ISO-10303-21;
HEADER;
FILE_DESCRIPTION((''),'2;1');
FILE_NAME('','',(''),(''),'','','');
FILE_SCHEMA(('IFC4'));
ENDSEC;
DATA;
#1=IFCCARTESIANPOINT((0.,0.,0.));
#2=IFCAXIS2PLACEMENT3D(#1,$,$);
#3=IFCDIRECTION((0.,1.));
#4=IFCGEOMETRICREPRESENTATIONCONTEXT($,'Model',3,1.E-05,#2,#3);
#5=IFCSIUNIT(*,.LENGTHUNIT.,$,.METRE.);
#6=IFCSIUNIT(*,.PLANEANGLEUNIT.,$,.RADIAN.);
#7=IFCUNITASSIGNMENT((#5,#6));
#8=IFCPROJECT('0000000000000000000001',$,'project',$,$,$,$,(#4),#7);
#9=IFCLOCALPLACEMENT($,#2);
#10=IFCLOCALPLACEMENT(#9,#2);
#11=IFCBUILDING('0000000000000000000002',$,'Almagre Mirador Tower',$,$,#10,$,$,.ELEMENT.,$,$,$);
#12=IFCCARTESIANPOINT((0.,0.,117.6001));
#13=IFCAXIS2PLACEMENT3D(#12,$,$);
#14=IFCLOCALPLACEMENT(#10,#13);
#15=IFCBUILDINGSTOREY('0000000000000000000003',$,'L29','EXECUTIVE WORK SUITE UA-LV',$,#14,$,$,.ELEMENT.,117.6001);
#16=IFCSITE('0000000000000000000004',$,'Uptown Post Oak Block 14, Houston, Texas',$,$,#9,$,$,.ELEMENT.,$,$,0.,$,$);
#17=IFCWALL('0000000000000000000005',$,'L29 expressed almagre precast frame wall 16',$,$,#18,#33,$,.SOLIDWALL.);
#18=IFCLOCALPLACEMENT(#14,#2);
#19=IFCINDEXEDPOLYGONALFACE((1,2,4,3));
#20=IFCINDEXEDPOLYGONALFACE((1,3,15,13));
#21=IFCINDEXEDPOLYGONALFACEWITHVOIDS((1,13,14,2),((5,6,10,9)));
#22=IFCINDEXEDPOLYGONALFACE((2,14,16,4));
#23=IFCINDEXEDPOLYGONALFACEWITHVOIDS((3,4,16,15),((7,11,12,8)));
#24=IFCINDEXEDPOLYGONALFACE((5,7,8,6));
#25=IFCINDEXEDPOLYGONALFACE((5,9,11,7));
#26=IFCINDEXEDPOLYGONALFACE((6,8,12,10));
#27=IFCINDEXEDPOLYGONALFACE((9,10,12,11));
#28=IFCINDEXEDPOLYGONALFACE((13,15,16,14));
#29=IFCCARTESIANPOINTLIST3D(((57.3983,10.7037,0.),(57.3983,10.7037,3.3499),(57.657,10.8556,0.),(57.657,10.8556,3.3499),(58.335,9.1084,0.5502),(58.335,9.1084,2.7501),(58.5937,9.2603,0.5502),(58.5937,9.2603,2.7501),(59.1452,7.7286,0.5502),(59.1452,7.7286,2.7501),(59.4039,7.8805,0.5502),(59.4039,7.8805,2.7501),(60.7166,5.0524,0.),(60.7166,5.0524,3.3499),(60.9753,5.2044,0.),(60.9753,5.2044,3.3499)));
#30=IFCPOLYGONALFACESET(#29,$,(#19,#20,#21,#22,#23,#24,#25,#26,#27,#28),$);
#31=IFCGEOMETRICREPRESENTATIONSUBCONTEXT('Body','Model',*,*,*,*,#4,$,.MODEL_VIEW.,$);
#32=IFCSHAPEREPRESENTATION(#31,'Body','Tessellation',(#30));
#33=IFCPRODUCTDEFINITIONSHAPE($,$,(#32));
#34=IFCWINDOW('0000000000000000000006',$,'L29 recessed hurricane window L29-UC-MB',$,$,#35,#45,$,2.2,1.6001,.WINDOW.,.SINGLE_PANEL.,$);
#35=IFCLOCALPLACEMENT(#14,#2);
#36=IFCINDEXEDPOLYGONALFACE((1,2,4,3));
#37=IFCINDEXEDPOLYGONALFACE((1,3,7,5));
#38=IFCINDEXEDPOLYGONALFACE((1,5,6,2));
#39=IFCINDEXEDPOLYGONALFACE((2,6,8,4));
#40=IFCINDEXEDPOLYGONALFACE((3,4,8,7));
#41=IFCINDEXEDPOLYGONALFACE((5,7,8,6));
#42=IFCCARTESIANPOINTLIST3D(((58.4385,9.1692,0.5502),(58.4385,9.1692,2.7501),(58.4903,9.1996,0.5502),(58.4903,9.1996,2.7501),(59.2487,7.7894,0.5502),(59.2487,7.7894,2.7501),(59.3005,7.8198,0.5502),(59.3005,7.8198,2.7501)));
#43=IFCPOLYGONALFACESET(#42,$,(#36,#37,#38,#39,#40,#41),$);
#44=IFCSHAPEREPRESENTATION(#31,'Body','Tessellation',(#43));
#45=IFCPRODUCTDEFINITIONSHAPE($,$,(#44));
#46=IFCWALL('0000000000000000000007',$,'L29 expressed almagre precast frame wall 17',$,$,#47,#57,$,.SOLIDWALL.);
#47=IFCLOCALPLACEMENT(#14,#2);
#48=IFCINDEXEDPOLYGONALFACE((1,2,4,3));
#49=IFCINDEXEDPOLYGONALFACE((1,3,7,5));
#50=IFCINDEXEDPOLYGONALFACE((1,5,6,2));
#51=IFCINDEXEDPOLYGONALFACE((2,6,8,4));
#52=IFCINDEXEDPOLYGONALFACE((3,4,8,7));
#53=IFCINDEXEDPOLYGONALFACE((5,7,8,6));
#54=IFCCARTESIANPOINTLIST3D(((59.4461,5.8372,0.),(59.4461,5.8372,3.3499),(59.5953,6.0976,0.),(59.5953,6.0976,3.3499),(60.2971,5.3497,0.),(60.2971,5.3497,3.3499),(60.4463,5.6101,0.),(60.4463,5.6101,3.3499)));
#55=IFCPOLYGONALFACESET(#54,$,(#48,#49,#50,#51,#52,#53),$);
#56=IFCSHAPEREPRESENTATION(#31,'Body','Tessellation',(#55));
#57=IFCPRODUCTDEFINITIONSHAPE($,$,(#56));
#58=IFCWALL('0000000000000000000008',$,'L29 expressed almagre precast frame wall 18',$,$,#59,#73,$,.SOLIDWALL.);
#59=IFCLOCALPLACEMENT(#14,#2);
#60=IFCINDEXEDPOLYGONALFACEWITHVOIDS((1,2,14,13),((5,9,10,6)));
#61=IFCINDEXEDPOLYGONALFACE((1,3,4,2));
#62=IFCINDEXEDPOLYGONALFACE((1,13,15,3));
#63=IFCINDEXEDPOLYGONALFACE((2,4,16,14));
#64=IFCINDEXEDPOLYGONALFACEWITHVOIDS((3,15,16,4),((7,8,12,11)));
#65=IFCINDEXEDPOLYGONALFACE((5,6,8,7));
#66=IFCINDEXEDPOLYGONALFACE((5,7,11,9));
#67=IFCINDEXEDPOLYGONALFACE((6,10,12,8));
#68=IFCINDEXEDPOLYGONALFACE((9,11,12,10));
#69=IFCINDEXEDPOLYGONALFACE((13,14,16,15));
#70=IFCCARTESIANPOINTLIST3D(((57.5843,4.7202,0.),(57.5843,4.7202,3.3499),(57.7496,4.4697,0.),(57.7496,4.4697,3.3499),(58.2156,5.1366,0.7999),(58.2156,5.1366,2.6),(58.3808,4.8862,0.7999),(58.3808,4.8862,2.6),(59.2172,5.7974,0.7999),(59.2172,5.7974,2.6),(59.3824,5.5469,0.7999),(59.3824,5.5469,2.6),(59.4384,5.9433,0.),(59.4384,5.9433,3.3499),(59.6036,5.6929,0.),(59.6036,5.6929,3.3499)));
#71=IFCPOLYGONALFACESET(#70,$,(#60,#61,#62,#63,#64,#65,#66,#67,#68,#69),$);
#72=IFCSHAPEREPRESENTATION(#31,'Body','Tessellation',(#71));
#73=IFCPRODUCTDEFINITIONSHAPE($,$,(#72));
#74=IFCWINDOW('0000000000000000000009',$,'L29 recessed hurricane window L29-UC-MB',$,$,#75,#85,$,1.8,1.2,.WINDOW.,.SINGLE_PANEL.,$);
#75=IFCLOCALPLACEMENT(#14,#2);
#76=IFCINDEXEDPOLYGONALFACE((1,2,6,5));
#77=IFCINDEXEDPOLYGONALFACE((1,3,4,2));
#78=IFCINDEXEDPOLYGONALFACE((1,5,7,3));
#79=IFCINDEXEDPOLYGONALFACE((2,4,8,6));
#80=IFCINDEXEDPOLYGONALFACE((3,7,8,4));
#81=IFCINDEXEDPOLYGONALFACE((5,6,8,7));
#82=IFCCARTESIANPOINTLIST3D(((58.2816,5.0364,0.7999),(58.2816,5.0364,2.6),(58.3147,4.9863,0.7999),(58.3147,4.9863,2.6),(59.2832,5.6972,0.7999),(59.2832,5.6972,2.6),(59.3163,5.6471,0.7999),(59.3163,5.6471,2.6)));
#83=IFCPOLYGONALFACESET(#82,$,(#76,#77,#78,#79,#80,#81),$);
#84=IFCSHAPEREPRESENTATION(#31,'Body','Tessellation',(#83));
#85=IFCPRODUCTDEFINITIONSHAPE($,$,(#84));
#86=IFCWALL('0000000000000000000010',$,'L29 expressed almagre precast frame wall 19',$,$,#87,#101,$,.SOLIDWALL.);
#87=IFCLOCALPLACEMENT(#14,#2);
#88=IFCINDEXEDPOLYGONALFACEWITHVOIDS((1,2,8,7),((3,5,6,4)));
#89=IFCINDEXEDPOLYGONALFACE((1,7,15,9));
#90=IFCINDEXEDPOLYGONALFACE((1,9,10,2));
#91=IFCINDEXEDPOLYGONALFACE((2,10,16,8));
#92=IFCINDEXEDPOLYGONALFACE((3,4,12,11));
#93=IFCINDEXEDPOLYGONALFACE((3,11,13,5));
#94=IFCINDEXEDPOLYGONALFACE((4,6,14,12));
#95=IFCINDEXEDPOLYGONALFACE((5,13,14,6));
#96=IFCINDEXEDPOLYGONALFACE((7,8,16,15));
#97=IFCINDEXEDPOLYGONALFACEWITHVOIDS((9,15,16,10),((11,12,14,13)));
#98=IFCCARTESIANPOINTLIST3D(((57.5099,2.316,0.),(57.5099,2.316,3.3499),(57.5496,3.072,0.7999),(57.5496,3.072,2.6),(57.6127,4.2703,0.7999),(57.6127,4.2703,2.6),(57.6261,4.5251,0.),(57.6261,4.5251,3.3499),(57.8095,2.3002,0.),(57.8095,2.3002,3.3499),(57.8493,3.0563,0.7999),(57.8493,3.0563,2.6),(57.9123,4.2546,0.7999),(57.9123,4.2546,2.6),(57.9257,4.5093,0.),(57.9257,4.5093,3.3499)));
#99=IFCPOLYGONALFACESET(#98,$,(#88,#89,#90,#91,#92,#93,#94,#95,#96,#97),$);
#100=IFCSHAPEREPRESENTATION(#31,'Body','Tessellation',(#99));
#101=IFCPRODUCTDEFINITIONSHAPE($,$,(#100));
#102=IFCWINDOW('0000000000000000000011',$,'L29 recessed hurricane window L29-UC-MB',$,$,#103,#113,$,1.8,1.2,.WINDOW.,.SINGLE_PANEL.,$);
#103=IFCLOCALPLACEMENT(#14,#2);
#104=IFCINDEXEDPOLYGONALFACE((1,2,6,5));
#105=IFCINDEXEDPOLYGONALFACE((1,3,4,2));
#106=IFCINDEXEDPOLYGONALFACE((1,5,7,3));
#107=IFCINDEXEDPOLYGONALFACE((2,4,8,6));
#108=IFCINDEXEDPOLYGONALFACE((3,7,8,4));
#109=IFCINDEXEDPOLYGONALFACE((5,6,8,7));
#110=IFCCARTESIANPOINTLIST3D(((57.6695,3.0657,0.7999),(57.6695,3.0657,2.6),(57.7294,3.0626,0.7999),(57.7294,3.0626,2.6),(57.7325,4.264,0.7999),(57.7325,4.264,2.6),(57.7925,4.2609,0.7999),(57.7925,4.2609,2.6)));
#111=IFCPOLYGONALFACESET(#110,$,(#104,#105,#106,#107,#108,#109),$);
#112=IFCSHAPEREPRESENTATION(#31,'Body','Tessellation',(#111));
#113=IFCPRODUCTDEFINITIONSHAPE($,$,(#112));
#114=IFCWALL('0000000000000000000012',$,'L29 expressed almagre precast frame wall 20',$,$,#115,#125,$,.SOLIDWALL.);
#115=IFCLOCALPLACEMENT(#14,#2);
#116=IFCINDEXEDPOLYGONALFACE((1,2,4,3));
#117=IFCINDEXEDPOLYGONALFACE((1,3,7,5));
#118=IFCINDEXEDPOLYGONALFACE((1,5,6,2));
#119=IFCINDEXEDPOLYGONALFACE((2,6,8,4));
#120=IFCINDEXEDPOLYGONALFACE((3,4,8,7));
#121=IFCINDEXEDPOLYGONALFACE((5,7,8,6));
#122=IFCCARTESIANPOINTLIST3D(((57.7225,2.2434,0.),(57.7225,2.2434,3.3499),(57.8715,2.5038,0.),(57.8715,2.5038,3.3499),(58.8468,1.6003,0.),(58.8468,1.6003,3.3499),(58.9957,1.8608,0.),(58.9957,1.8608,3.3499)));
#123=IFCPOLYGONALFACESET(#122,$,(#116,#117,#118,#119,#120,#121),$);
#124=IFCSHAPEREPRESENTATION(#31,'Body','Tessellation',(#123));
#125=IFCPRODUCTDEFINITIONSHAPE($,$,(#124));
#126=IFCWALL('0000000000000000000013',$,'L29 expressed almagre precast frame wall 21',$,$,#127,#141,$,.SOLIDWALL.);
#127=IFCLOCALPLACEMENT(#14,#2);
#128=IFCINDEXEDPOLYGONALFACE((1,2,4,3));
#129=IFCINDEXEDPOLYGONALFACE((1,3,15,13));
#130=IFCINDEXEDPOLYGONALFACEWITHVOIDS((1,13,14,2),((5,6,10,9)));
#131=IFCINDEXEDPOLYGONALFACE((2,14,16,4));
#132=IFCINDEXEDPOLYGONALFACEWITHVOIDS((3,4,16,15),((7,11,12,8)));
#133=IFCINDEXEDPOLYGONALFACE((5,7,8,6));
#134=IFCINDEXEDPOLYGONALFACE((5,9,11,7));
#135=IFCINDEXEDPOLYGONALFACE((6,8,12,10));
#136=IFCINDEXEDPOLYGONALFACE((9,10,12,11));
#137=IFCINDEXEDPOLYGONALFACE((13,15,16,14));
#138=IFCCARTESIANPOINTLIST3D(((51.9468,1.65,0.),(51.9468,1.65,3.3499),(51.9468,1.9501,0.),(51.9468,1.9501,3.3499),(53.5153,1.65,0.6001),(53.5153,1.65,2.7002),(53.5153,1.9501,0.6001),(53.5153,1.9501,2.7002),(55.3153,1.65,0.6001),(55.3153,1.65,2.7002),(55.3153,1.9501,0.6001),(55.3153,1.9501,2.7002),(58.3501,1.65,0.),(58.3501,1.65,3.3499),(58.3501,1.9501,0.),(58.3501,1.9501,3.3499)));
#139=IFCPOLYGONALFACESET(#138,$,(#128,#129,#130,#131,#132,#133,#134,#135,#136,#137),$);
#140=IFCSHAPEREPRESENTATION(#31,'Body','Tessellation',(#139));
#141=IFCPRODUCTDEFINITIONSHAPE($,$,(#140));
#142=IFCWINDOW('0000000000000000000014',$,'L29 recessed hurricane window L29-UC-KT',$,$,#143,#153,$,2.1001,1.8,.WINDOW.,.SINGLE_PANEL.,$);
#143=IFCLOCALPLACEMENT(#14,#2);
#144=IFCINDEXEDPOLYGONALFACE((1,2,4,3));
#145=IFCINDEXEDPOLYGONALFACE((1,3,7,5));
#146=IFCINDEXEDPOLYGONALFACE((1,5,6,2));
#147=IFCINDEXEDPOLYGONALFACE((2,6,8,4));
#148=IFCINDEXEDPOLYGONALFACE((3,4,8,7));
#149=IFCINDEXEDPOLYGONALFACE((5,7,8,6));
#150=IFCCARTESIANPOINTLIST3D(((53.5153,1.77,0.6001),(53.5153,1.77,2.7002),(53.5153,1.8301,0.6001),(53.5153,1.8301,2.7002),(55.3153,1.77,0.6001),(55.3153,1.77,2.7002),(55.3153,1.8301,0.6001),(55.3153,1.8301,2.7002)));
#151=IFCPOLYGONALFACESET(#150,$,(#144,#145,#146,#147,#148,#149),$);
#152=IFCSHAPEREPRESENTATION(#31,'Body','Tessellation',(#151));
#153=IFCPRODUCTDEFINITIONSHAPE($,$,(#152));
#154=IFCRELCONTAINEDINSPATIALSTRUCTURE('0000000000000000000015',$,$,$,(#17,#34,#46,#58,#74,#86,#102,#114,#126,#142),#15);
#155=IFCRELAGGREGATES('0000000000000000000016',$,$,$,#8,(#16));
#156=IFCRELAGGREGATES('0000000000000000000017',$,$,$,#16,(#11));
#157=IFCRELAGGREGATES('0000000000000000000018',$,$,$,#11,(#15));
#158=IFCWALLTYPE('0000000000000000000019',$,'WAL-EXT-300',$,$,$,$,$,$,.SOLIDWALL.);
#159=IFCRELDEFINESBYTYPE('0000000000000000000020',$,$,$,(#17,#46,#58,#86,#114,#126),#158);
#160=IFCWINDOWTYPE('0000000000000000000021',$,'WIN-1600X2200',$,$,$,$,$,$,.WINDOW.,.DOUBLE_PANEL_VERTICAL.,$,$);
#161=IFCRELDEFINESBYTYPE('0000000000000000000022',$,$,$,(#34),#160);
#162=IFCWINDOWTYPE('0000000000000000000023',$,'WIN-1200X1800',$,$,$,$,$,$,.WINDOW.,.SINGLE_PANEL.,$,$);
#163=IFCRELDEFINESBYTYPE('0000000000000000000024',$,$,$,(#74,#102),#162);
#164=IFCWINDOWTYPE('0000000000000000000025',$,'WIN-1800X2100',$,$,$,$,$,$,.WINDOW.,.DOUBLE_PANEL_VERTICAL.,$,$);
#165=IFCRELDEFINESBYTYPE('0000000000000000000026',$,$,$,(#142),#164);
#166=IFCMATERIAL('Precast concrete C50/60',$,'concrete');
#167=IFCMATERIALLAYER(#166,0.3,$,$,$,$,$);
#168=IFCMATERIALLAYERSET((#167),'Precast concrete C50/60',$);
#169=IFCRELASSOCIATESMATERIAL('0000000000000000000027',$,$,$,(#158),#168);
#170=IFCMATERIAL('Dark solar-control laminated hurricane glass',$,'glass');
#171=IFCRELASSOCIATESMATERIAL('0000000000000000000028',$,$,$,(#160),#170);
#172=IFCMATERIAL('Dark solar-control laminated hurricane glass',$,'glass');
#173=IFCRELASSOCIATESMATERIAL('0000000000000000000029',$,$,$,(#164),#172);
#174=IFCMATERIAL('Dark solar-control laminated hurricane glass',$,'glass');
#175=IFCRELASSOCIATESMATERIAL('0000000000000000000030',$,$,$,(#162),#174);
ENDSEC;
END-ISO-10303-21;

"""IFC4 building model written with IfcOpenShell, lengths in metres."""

from ifc_helpers import new_model, si_unit, direction, frame, frame_2d, origin, place, context, subcontext, project, spatial, rectangle, extrude, material, layer, layer_set, type_object, element, fill, save


model = new_model("IFC4")

# Units and contexts
model_context = context("Model", 3, precision=1e-05, world=origin(), true_north=direction((0.0, 1.0)))
body_context = subcontext(model_context, "Body", "Model", "MODEL_VIEW")
ifc_project = project(units=[si_unit("LENGTHUNIT", "METRE"), si_unit("PLANEANGLEUNIT", "RADIAN")], contexts=[model_context])

# Site, building, storey
site_placement = place(None, origin())
site = spatial("IfcSite", under=ifc_project, at=site_placement, Name="Uptown Post Oak Block 14, Houston, Texas", CompositionType="ELEMENT", RefElevation=0.0)
building_placement = place(site_placement, origin())
building = spatial("IfcBuilding", under=site, at=building_placement, Name="Almagre Mirador Tower", CompositionType="ELEMENT")
storey_placement = place(building_placement, frame((0.0, 0.0, 117.6001)))
storey = spatial("IfcBuildingStorey", under=building, at=storey_placement, Name="L29", Description="EXECUTIVE WORK SUITE UA-LV", CompositionType="ELEMENT", Elevation=117.6001)

# Shared definitions
ifc_material_1 = material(Name="Precast concrete C50/60", Category="concrete")
ifc_layer = layer(ifc_material_1, 0.3)
ifc_layer_set = layer_set([ifc_layer], Name="Precast concrete C50/60")
wall_type = type_object("IfcWallType", Name="WAL-EXT-300", PredefinedType="SOLIDWALL", material=ifc_layer_set)
ifc_material_2 = material(Name="Dark solar-control laminated hurricane glass", Category="glass")
window_type_1 = type_object("IfcWindowType", Name="WIN-1600X2200", PartitioningType="DOUBLE_PANEL_VERTICAL", PredefinedType="WINDOW", material=ifc_material_2)
ifc_material_3 = material(Name="Dark solar-control laminated hurricane glass", Category="glass")
window_type_2 = type_object("IfcWindowType", Name="WIN-1800X2100", PartitioningType="DOUBLE_PANEL_VERTICAL", PredefinedType="WINDOW", material=ifc_material_3)

# Wall, opening, window
wall_1_placement = place(storey_placement, frame((57.5276, 10.7798, 0.0), z_axis=(0.0, 0.0, 1.0), x_axis=(0.506343, -0.862332, 0.0)))
wall_1 = element("IfcWall", 1, at=wall_1_placement, inside=storey, type_object=wall_type, Name="L29 expressed almagre precast frame wall 16", PredefinedType="SOLIDWALL", context=body_context, shape_type="SweptSolid", body=[
    extrude(rectangle(XDim=6.5535, YDim=0.3, at=frame_2d((3.2769, 0.0))), origin(), (0.0, 0.0, 1.0), 3.3499),
])
opening_1_placement = place(wall_1_placement, frame((1.8501, 0.0, 0.55)))
opening_1 = element("IfcOpeningElement", 2, at=opening_1_placement, cuts=wall_1, PredefinedType="OPENING", context=body_context, shape_type="SweptSolid", body=[
    extrude(rectangle(XDim=1.6001, YDim=2.2, at=frame_2d((0.8, 1.1001))), frame((0.0, 0.1599, 0.0), z_axis=(0.0, -1.0, 0.0), x_axis=(1.0, 0.0, 0.0)), (0.0, 0.0, 1.0), 0.32),
])
window_1_placement = place(opening_1_placement, origin())
window_1 = element("IfcWindow", 3, at=window_1_placement, inside=storey, type_object=window_type_1, Name="L29 recessed hurricane window L29-UC-MB", OverallHeight=2.2, OverallWidth=1.6001, PartitioningType="SINGLE_PANEL", PredefinedType="WINDOW", context=body_context, shape_type="SweptSolid", body=[
    extrude(rectangle(XDim=1.6001, YDim=2.2, at=frame_2d((0.8, 1.1001))), frame((0.0, 0.03, 0.0), z_axis=(0.0, -1.0, 0.0), x_axis=(1.0, 0.0, 0.0)), (0.0, 0.0, 1.0), 0.0601),
])
fill(opening_1, window_1)

# Wall
wall_2_placement = place(storey_placement, frame((60.3716, 5.48, 0.0), z_axis=(0.0, 0.0, 1.0), x_axis=(-0.867707, 0.497077, 0.0)))
element("IfcWall", 4, at=wall_2_placement, inside=storey, type_object=wall_type, Name="L29 expressed almagre precast frame wall 17", PredefinedType="SOLIDWALL", context=body_context, shape_type="SweptSolid", body=[
    extrude(rectangle(XDim=0.9807, YDim=0.3, at=frame_2d((0.4902, 0.0))), origin(), (0.0, 0.0, 1.0), 3.3499),
])

# Walls, openings, windows
wall_3_placement = place(storey_placement, frame((59.521, 5.8181, 0.0), z_axis=(0.0, 0.0, 1.0), x_axis=(-0.834712, -0.550686, 0.0)))
wall_3 = element("IfcWall", 5, at=wall_3_placement, inside=storey, type_object=wall_type, Name="L29 expressed almagre precast frame wall 18", PredefinedType="SOLIDWALL", context=body_context, shape_type="SweptSolid", body=[
    extrude(rectangle(XDim=2.2212, YDim=0.3, at=frame_2d((1.1106, 0.0))), origin(), (0.0, 0.0, 1.0), 3.3499),
])
opening_2_placement = place(wall_3_placement, frame((0.2649, 0.0, 0.8)))
opening_2 = element("IfcOpeningElement", 6, at=opening_2_placement, cuts=wall_3, PredefinedType="OPENING", context=body_context, shape_type="SweptSolid", body=[
    extrude(rectangle(XDim=1.2, YDim=1.8, at=frame_2d((0.6001, 0.8999))), frame((0.0, 0.1599, 0.0), z_axis=(0.0, -1.0, 0.0), x_axis=(1.0, 0.0, 0.0)), (0.0, 0.0, 1.0), 0.32),
])
ifc_material_4 = material(Name="Dark solar-control laminated hurricane glass", Category="glass")
window_type_3 = type_object("IfcWindowType", Name="WIN-1200X1800", PartitioningType="SINGLE_PANEL", PredefinedType="WINDOW", material=ifc_material_4)
window_2_placement = place(opening_2_placement, origin())
window_2 = element("IfcWindow", 7, at=window_2_placement, inside=storey, type_object=window_type_3, Name="L29 recessed hurricane window L29-UC-MB", OverallHeight=1.8, OverallWidth=1.2, PartitioningType="SINGLE_PANEL", PredefinedType="WINDOW", context=body_context, shape_type="SweptSolid", body=[
    extrude(rectangle(XDim=1.2, YDim=1.8, at=frame_2d((0.6001, 0.8999))), frame((0.0, 0.03, 0.0), z_axis=(0.0, -1.0, 0.0), x_axis=(1.0, 0.0, 0.0)), (0.0, 0.0, 1.0), 0.0601),
])
fill(opening_2, window_2)
wall_4_placement = place(storey_placement, frame((57.7759, 4.5171, 0.0), z_axis=(0.0, 0.0, 1.0), x_axis=(-0.052536, -0.998619, 0.0)))
wall_4 = element("IfcWall", 8, at=wall_4_placement, inside=storey, type_object=wall_type, Name="L29 expressed almagre precast frame wall 19", PredefinedType="SOLIDWALL", context=body_context, shape_type="SweptSolid", body=[
    extrude(rectangle(XDim=2.2122, YDim=0.3, at=frame_2d((1.106, 0.0))), origin(), (0.0, 0.0, 1.0), 3.3499),
])
opening_3_placement = place(wall_4_placement, frame((0.2549, 0.0, 0.8)))
opening_3 = element("IfcOpeningElement", 9, at=opening_3_placement, cuts=wall_4, PredefinedType="OPENING", context=body_context, shape_type="SweptSolid", body=[
    extrude(rectangle(XDim=1.2, YDim=1.8, at=frame_2d((0.6001, 0.8999))), frame((0.0, 0.1599, 0.0), z_axis=(0.0, -1.0, 0.0), x_axis=(1.0, 0.0, 0.0)), (0.0, 0.0, 1.0), 0.32),
])
window_3_placement = place(opening_3_placement, origin())
window_3 = element("IfcWindow", 10, at=window_3_placement, inside=storey, type_object=window_type_3, Name="L29 recessed hurricane window L29-UC-MB", OverallHeight=1.8, OverallWidth=1.2, PartitioningType="SINGLE_PANEL", PredefinedType="WINDOW", context=body_context, shape_type="SweptSolid", body=[
    extrude(rectangle(XDim=1.2, YDim=1.8, at=frame_2d((0.6001, 0.8999))), frame((0.0, 0.03, 0.0), z_axis=(0.0, -1.0, 0.0), x_axis=(1.0, 0.0, 0.0)), (0.0, 0.0, 1.0), 0.0601),
])
fill(opening_3, window_3)

# Wall
wall_5_placement = place(storey_placement, frame((57.7971, 2.3735, 0.0), z_axis=(0.0, 0.0, 1.0), x_axis=(0.868034, -0.496504, 0.0)))
element("IfcWall", 11, at=wall_5_placement, inside=storey, type_object=wall_type, Name="L29 expressed almagre precast frame wall 20", PredefinedType="SOLIDWALL", context=body_context, shape_type="SweptSolid", body=[
    extrude(rectangle(XDim=1.2952, YDim=0.3, at=frame_2d((0.6475, 0.0))), origin(), (0.0, 0.0, 1.0), 3.3499),
])

# Wall, opening, window
wall_6_placement = place(storey_placement, frame((58.3501, 1.8, 0.0), z_axis=(0.0, 0.0, 1.0), x_axis=(-1.0, 0.0, 0.0)))
wall_6 = element("IfcWall", 12, at=wall_6_placement, inside=storey, type_object=wall_type, Name="L29 expressed almagre precast frame wall 21", PredefinedType="SOLIDWALL", context=body_context, shape_type="SweptSolid", body=[
    extrude(rectangle(XDim=6.4033, YDim=0.3, at=frame_2d((3.2017, 0.0))), origin(), (0.0, 0.0, 1.0), 3.3499),
])
opening_4_placement = place(wall_6_placement, frame((3.0349, 0.0, 0.6001)))
opening_4 = element("IfcOpeningElement", 13, at=opening_4_placement, cuts=wall_6, PredefinedType="OPENING", context=body_context, shape_type="SweptSolid", body=[
    extrude(rectangle(XDim=1.8, YDim=2.1001, at=frame_2d((0.8999, 1.05))), frame((0.0, 0.1599, 0.0), z_axis=(0.0, -1.0, 0.0), x_axis=(1.0, 0.0, 0.0)), (0.0, 0.0, 1.0), 0.32),
])
window_4_placement = place(opening_4_placement, origin())
window_4 = element("IfcWindow", 14, at=window_4_placement, inside=storey, type_object=window_type_2, Name="L29 recessed hurricane window L29-UC-KT", OverallHeight=2.1001, OverallWidth=1.8, PartitioningType="SINGLE_PANEL", PredefinedType="WINDOW", context=body_context, shape_type="SweptSolid", body=[
    extrude(rectangle(XDim=1.8, YDim=2.1001, at=frame_2d((0.8999, 1.05))), frame((0.0, 0.03, 0.0), z_axis=(0.0, -1.0, 0.0), x_axis=(1.0, 0.0, 0.0)), (0.0, 0.0, 1.0), 0.0601),
])
fill(opening_4, window_4)

save(model, "model.ifc")
